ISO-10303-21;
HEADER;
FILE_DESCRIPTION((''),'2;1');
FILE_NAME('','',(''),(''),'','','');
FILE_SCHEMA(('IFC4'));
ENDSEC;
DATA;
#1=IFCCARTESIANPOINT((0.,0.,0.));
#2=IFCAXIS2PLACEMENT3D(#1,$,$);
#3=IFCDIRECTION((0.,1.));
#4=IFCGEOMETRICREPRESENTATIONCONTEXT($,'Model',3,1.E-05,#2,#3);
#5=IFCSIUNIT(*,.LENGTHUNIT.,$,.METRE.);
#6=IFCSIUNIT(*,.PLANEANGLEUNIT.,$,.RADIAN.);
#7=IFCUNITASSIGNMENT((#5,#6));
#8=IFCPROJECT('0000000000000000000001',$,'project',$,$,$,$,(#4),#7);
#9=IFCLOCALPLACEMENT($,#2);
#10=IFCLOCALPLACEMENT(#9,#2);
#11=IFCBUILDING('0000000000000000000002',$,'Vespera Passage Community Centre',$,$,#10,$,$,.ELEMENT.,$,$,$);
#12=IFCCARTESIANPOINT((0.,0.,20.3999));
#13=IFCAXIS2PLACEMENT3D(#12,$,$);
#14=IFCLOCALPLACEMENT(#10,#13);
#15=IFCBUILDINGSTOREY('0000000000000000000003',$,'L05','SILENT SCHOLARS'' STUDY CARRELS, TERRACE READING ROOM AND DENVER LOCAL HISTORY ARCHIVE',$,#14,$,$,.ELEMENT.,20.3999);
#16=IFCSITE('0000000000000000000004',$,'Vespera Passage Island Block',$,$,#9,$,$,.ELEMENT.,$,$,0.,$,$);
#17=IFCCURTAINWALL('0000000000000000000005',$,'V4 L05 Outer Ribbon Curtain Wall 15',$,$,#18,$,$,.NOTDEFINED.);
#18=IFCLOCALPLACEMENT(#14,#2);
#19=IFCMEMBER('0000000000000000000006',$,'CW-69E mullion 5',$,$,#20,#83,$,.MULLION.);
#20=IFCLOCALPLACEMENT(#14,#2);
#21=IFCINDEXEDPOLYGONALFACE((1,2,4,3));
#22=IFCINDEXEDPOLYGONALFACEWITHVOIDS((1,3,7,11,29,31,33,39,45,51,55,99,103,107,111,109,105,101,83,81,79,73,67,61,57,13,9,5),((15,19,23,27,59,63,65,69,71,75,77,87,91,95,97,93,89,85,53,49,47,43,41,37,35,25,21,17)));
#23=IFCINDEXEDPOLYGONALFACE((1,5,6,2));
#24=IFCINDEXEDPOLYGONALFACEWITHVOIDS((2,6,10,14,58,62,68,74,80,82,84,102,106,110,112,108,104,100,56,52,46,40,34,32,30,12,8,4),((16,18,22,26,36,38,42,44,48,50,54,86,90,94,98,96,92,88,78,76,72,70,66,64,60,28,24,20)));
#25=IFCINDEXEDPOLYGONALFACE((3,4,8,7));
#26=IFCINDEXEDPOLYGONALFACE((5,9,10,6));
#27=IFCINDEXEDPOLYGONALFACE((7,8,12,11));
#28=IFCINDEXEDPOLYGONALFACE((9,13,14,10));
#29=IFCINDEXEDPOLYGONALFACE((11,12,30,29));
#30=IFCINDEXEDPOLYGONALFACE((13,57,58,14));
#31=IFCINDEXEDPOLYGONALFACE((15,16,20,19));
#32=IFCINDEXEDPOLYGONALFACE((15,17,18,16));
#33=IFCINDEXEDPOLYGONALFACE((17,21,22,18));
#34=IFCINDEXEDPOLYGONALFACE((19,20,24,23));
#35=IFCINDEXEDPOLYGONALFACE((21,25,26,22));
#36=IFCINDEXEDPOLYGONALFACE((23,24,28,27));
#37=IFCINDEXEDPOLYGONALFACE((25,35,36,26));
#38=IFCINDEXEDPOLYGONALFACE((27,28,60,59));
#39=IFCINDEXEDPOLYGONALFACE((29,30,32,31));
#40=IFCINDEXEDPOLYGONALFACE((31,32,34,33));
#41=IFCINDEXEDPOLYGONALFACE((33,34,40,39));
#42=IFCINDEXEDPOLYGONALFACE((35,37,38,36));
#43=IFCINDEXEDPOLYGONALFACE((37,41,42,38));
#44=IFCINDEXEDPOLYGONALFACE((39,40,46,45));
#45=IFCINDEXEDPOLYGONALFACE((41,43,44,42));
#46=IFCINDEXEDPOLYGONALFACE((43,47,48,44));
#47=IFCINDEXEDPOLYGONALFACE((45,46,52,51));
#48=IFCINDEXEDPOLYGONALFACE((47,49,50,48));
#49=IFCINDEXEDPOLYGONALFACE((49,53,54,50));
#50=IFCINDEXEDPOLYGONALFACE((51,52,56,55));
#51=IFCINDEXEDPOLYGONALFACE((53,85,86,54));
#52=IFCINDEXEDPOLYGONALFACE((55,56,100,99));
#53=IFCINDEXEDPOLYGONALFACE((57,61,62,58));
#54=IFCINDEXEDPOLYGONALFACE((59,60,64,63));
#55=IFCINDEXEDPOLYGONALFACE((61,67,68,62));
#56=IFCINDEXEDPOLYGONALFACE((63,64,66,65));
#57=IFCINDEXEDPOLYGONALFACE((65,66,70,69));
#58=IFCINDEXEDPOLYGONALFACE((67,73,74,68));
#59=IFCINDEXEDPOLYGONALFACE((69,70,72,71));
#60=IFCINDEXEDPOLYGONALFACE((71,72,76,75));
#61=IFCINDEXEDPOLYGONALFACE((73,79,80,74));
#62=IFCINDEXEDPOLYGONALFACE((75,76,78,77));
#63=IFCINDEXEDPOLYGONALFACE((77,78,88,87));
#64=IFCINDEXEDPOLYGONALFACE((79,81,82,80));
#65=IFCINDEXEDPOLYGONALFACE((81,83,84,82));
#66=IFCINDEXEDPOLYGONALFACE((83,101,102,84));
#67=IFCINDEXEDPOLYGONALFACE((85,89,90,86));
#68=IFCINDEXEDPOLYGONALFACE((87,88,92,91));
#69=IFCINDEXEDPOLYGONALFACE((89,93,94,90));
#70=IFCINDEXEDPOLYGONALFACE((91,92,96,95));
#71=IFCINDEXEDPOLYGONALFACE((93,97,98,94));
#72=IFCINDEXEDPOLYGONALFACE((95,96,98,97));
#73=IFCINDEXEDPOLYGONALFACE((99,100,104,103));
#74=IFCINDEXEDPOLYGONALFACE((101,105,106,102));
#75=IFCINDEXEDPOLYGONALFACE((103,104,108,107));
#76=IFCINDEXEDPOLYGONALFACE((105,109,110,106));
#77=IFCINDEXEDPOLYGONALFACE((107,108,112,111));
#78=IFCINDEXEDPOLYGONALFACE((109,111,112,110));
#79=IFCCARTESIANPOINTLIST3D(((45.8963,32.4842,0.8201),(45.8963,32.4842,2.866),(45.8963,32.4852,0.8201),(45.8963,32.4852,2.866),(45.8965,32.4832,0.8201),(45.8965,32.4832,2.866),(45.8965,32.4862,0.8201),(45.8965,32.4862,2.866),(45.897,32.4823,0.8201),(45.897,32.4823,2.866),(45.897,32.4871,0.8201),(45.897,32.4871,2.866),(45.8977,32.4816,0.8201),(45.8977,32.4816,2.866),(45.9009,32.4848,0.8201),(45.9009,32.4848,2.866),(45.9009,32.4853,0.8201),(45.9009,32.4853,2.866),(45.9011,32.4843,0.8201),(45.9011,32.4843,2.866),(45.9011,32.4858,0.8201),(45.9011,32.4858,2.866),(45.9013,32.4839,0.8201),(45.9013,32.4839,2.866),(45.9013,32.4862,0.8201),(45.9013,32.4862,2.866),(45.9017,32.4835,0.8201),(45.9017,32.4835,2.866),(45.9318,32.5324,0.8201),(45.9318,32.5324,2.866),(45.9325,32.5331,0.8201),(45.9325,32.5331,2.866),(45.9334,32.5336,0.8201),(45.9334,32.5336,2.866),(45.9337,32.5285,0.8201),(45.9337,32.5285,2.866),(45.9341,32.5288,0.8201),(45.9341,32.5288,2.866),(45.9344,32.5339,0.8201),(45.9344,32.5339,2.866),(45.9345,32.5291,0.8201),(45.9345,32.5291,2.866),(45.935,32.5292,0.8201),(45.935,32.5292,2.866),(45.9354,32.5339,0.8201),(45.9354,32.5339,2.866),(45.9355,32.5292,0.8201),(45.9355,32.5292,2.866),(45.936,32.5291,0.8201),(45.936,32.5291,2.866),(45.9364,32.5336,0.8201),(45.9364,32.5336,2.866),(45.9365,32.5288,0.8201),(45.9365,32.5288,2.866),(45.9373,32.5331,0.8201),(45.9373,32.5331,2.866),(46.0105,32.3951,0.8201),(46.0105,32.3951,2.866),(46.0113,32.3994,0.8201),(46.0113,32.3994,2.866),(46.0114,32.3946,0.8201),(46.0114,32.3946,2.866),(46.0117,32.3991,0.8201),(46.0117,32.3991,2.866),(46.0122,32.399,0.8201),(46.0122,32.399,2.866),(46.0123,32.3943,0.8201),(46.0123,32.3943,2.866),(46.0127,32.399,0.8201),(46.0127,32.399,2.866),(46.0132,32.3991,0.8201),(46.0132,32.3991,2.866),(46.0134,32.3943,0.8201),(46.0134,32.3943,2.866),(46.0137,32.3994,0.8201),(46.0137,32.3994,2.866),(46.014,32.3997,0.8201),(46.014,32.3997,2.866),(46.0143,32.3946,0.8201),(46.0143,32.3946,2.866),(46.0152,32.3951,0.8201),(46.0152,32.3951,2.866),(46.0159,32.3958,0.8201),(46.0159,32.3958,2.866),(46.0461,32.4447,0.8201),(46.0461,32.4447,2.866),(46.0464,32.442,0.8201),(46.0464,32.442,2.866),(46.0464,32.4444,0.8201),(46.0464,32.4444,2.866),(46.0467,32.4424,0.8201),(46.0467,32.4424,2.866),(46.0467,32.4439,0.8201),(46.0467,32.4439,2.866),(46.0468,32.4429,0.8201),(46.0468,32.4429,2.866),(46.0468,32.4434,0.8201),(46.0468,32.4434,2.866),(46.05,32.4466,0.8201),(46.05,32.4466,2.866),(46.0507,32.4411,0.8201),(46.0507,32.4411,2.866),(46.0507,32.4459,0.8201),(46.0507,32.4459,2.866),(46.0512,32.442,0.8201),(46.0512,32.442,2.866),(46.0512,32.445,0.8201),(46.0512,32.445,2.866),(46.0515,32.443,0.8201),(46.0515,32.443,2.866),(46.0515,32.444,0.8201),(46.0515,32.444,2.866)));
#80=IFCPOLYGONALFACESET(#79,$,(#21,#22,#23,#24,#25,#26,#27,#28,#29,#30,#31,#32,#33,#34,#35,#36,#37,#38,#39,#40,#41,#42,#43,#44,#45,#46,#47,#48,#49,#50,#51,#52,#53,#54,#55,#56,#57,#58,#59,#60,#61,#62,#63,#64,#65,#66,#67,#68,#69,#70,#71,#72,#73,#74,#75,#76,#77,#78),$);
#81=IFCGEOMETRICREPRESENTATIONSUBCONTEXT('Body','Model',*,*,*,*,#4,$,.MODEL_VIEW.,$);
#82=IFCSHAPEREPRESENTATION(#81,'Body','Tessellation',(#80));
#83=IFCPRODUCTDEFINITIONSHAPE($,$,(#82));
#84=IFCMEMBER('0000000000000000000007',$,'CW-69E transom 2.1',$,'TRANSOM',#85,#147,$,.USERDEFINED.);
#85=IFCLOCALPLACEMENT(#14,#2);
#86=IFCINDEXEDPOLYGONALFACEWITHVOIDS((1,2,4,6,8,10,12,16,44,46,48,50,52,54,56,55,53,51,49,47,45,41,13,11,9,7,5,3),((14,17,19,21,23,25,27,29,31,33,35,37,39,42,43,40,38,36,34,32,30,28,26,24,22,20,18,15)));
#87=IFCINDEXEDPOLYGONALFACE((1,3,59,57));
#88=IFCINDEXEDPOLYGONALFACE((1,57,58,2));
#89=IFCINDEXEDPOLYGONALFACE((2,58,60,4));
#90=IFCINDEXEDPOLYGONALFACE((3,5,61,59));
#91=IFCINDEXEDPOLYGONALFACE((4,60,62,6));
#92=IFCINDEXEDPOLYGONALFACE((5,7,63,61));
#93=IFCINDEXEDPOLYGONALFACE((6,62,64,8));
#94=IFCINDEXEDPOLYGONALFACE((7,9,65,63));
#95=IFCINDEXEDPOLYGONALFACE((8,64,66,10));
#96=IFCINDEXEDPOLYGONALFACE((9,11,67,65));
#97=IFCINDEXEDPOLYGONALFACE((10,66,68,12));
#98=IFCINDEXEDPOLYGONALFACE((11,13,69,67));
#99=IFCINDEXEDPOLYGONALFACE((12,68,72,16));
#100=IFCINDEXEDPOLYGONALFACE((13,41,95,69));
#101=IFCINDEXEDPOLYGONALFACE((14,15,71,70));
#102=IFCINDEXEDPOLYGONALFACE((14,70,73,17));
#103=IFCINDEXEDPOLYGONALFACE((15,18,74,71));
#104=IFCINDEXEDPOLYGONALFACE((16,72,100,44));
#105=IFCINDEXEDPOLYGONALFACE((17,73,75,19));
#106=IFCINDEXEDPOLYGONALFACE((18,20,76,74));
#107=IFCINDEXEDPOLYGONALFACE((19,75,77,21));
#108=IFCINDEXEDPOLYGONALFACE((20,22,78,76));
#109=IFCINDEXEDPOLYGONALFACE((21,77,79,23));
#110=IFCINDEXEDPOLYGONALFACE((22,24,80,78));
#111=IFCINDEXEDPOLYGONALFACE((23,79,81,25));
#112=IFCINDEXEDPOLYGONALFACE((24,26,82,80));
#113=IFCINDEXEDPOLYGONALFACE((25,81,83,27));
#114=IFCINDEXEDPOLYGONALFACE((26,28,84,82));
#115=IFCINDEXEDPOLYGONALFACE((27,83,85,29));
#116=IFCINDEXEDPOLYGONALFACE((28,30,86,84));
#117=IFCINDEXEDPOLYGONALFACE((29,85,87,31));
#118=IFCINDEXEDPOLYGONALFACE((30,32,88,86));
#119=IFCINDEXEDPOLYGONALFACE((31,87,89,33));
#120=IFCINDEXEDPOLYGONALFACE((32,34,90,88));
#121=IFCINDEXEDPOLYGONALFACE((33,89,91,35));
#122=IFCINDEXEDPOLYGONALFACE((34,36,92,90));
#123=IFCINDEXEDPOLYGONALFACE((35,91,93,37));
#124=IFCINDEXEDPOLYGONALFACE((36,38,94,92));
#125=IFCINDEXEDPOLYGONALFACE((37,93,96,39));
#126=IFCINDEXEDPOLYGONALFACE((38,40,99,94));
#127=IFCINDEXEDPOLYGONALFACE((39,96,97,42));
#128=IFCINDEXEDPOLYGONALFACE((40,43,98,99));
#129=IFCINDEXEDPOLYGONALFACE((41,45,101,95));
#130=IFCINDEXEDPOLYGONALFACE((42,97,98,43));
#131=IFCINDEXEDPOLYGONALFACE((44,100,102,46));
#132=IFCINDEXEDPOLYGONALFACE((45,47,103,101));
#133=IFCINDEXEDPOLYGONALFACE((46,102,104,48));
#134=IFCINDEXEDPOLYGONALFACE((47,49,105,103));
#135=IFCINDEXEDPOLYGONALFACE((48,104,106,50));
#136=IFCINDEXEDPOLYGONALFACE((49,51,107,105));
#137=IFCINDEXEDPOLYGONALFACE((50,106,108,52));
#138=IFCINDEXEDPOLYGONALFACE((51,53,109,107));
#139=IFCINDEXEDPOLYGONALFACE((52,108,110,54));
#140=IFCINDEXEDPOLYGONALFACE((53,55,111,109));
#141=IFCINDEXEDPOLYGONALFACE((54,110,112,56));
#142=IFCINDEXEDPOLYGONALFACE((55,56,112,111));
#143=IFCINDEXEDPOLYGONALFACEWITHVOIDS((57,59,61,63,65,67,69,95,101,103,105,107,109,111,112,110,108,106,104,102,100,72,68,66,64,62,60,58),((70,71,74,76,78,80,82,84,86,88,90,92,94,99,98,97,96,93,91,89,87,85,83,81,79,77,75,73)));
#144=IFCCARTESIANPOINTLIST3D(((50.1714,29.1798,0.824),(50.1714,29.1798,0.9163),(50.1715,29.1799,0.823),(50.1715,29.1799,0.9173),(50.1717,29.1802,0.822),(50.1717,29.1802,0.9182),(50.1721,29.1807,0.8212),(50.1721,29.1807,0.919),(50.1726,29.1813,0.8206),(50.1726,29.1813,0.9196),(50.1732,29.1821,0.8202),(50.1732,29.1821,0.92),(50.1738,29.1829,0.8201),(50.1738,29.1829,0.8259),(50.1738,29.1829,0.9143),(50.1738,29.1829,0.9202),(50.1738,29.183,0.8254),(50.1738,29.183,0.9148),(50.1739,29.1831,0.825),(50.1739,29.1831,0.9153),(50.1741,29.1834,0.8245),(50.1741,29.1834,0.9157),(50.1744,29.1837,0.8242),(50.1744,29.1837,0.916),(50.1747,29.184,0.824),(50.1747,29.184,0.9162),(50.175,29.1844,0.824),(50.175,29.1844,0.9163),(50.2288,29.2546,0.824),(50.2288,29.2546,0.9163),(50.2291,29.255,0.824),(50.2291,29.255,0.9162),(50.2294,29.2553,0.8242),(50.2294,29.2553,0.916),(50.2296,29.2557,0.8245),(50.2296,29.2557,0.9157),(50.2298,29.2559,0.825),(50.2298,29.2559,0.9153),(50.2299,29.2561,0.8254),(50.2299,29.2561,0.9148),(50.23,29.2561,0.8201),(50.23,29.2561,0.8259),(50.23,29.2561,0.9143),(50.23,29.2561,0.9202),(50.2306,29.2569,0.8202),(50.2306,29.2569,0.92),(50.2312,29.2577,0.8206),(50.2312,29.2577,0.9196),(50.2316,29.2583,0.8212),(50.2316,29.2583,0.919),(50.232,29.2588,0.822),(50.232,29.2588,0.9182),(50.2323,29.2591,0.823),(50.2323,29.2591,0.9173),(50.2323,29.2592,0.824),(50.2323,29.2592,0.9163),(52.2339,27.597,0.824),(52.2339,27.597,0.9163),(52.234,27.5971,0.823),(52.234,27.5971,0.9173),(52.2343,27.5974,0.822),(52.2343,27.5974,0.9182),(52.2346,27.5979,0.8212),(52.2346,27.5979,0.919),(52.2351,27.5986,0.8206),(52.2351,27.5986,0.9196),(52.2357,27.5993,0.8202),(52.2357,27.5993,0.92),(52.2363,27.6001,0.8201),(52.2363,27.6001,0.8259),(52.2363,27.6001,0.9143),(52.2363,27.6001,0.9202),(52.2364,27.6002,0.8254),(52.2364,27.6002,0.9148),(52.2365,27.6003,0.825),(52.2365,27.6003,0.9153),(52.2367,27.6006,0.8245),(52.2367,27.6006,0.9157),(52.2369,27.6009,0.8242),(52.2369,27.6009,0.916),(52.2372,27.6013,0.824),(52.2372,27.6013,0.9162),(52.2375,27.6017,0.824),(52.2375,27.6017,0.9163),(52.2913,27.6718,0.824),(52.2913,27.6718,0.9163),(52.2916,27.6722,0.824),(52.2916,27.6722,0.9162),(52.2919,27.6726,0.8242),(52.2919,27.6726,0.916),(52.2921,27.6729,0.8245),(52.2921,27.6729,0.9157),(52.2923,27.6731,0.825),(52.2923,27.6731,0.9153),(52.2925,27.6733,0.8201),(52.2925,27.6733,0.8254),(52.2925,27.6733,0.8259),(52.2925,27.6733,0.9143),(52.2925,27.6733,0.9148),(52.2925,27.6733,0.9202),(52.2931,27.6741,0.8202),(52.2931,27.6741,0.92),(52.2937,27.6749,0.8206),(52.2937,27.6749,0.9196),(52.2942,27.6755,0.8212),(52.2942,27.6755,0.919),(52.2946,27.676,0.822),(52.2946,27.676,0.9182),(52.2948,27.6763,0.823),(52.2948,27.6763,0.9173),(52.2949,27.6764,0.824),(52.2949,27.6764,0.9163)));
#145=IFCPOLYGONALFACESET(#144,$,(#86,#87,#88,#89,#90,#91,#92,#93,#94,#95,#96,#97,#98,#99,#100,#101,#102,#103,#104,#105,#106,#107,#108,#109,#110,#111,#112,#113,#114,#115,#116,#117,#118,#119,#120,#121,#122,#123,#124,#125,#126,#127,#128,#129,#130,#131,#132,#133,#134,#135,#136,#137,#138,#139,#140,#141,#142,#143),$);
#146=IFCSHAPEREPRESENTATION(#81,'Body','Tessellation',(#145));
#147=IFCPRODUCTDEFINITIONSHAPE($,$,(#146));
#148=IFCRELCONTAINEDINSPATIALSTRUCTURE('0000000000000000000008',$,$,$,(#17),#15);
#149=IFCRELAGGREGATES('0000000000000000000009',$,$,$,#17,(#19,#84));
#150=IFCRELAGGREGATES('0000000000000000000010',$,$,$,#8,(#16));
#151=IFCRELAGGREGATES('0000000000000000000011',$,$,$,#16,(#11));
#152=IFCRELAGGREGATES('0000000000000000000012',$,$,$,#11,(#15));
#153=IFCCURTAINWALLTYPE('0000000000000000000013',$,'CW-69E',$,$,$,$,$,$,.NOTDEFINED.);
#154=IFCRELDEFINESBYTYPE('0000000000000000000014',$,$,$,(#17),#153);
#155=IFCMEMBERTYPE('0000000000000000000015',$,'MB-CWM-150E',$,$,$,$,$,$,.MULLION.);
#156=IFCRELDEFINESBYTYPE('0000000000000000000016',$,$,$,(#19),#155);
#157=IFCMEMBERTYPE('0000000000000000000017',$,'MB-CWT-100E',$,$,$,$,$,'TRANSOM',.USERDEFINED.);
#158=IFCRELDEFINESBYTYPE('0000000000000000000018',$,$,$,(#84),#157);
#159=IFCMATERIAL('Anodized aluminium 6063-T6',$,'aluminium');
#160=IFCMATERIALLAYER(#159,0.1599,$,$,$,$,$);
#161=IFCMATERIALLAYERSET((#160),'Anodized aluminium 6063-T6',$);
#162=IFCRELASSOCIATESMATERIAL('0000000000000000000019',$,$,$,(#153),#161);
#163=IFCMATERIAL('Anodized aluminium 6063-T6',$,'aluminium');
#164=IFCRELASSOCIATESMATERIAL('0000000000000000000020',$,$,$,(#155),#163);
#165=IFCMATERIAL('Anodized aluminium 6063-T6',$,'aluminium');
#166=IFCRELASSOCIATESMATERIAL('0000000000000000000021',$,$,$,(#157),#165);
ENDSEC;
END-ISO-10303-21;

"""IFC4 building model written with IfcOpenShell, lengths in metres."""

from ifc_helpers import new_model, si_unit, direction, frame, origin, origin_2d, place, context, subcontext, project, spatial, hollow_rectangle, extrude, material, layer, layer_set, material_profile, profile_set, type_object, element, aggregate, save


model = new_model("IFC4")

# Units and contexts
model_context = context("Model", 3, precision=1e-05, world=origin(), true_north=direction((0.0, 1.0)))
body_context = subcontext(model_context, "Body", "Model", "MODEL_VIEW")
ifc_project = project(units=[si_unit("LENGTHUNIT", "METRE"), si_unit("PLANEANGLEUNIT", "RADIAN")], contexts=[model_context])

# Site, building, storey
site_placement = place(None, origin())
site = spatial("IfcSite", under=ifc_project, at=site_placement, Name="Vespera Passage Island Block", CompositionType="ELEMENT", RefElevation=0.0)
building_placement = place(site_placement, origin())
building = spatial("IfcBuilding", under=site, at=building_placement, Name="Vespera Passage Community Centre", CompositionType="ELEMENT")
storey_placement = place(building_placement, frame((0.0, 0.0, 20.3999)))
storey = spatial("IfcBuildingStorey", under=building, at=storey_placement, Name="L05", Description="SILENT SCHOLARS' STUDY CARRELS, TERRACE READING ROOM AND DENVER LOCAL HISTORY ARCHIVE", CompositionType="ELEMENT", Elevation=20.3999)

# Curtain wall, members
ifc_material_1 = material(Name="Anodized aluminium 6063-T6", Category="aluminium")
ifc_layer_1 = layer(ifc_material_1, 0.1599)
ifc_layer_set_1 = layer_set([ifc_layer_1], Name="Anodized aluminium 6063-T6")
curtain_wall_type = type_object("IfcCurtainWallType", Name="CW-69E", PredefinedType="NOTDEFINED", material=ifc_layer_set_1)
curtain_wall_placement = place(storey_placement, origin())
curtain_wall = element("IfcCurtainWall", 1, at=curtain_wall_placement, inside=storey, type_object=curtain_wall_type, Name="V4 L05 Outer Ribbon Curtain Wall 15", PredefinedType="NOTDEFINED")
ifc_material_2 = material(Name="Anodized aluminium 6063-T6", Category="aluminium")
ifc_material_profile_1 = material_profile(ifc_material_2, hollow_rectangle(XDim=0.0649, YDim=0.1499, WallThickness=0.0039, InnerFilletRadius=0.002, OuterFilletRadius=0.0039, at=origin_2d()), Name="ALU150X65X4")
ifc_profile_set_1 = profile_set([ifc_material_profile_1], Name="Anodized aluminium 6063-T6")
member_type_1 = type_object("IfcMemberType", Name="MB-CWM-150E", PredefinedType="MULLION", material=ifc_profile_set_1)
member_1_placement = place(storey_placement, frame((45.9739, 32.4641, 0.8201), z_axis=(0.0, 0.0, 1.0), x_axis=(-0.608772, -0.793345, 0.0)))
member_1 = element("IfcMember", 2, at=member_1_placement, type_object=member_type_1, Name="CW-69E mullion 5", PredefinedType="MULLION", context=body_context, shape_type="SweptSolid", body=[
    extrude(hollow_rectangle(XDim=0.0649, YDim=0.1499, WallThickness=0.0039, InnerFilletRadius=0.002, OuterFilletRadius=0.0039, at=origin_2d()), origin(), (0.0, 0.0, 1.0), 2.0459),
])
ifc_material_3 = material(Name="Anodized aluminium 6063-T6", Category="aluminium")
ifc_material_profile_2 = material_profile(ifc_material_3, hollow_rectangle(XDim=0.1001, YDim=0.1001, WallThickness=0.0039, InnerFilletRadius=0.002, OuterFilletRadius=0.0039, at=origin_2d()), Name="ALU100X100X4")
ifc_profile_set_2 = profile_set([ifc_material_profile_2], Name="Anodized aluminium 6063-T6")
member_type_2 = type_object("IfcMemberType", Name="MB-CWT-100E", ElementType="TRANSOM", PredefinedType="USERDEFINED", material=ifc_profile_set_2)
member_2_placement = place(storey_placement, frame((52.2644, 27.6367, 0.8701), z_axis=(-0.793325, 0.608798, 0.0), x_axis=(-0.608798, -0.793325, 0.0)))
member_2 = element("IfcMember", 3, at=member_2_placement, type_object=member_type_2, Name="CW-69E transom 2.1", ObjectType="TRANSOM", PredefinedType="USERDEFINED", context=body_context, shape_type="SweptSolid", body=[
    extrude(hollow_rectangle(XDim=0.1001, YDim=0.1001, WallThickness=0.0039, InnerFilletRadius=0.002, OuterFilletRadius=0.0039, at=origin_2d()), origin(), (0.0, 0.0, 1.0), 2.5999),
])
aggregate(curtain_wall, [member_1, member_2])

save(model, "model.ifc")
